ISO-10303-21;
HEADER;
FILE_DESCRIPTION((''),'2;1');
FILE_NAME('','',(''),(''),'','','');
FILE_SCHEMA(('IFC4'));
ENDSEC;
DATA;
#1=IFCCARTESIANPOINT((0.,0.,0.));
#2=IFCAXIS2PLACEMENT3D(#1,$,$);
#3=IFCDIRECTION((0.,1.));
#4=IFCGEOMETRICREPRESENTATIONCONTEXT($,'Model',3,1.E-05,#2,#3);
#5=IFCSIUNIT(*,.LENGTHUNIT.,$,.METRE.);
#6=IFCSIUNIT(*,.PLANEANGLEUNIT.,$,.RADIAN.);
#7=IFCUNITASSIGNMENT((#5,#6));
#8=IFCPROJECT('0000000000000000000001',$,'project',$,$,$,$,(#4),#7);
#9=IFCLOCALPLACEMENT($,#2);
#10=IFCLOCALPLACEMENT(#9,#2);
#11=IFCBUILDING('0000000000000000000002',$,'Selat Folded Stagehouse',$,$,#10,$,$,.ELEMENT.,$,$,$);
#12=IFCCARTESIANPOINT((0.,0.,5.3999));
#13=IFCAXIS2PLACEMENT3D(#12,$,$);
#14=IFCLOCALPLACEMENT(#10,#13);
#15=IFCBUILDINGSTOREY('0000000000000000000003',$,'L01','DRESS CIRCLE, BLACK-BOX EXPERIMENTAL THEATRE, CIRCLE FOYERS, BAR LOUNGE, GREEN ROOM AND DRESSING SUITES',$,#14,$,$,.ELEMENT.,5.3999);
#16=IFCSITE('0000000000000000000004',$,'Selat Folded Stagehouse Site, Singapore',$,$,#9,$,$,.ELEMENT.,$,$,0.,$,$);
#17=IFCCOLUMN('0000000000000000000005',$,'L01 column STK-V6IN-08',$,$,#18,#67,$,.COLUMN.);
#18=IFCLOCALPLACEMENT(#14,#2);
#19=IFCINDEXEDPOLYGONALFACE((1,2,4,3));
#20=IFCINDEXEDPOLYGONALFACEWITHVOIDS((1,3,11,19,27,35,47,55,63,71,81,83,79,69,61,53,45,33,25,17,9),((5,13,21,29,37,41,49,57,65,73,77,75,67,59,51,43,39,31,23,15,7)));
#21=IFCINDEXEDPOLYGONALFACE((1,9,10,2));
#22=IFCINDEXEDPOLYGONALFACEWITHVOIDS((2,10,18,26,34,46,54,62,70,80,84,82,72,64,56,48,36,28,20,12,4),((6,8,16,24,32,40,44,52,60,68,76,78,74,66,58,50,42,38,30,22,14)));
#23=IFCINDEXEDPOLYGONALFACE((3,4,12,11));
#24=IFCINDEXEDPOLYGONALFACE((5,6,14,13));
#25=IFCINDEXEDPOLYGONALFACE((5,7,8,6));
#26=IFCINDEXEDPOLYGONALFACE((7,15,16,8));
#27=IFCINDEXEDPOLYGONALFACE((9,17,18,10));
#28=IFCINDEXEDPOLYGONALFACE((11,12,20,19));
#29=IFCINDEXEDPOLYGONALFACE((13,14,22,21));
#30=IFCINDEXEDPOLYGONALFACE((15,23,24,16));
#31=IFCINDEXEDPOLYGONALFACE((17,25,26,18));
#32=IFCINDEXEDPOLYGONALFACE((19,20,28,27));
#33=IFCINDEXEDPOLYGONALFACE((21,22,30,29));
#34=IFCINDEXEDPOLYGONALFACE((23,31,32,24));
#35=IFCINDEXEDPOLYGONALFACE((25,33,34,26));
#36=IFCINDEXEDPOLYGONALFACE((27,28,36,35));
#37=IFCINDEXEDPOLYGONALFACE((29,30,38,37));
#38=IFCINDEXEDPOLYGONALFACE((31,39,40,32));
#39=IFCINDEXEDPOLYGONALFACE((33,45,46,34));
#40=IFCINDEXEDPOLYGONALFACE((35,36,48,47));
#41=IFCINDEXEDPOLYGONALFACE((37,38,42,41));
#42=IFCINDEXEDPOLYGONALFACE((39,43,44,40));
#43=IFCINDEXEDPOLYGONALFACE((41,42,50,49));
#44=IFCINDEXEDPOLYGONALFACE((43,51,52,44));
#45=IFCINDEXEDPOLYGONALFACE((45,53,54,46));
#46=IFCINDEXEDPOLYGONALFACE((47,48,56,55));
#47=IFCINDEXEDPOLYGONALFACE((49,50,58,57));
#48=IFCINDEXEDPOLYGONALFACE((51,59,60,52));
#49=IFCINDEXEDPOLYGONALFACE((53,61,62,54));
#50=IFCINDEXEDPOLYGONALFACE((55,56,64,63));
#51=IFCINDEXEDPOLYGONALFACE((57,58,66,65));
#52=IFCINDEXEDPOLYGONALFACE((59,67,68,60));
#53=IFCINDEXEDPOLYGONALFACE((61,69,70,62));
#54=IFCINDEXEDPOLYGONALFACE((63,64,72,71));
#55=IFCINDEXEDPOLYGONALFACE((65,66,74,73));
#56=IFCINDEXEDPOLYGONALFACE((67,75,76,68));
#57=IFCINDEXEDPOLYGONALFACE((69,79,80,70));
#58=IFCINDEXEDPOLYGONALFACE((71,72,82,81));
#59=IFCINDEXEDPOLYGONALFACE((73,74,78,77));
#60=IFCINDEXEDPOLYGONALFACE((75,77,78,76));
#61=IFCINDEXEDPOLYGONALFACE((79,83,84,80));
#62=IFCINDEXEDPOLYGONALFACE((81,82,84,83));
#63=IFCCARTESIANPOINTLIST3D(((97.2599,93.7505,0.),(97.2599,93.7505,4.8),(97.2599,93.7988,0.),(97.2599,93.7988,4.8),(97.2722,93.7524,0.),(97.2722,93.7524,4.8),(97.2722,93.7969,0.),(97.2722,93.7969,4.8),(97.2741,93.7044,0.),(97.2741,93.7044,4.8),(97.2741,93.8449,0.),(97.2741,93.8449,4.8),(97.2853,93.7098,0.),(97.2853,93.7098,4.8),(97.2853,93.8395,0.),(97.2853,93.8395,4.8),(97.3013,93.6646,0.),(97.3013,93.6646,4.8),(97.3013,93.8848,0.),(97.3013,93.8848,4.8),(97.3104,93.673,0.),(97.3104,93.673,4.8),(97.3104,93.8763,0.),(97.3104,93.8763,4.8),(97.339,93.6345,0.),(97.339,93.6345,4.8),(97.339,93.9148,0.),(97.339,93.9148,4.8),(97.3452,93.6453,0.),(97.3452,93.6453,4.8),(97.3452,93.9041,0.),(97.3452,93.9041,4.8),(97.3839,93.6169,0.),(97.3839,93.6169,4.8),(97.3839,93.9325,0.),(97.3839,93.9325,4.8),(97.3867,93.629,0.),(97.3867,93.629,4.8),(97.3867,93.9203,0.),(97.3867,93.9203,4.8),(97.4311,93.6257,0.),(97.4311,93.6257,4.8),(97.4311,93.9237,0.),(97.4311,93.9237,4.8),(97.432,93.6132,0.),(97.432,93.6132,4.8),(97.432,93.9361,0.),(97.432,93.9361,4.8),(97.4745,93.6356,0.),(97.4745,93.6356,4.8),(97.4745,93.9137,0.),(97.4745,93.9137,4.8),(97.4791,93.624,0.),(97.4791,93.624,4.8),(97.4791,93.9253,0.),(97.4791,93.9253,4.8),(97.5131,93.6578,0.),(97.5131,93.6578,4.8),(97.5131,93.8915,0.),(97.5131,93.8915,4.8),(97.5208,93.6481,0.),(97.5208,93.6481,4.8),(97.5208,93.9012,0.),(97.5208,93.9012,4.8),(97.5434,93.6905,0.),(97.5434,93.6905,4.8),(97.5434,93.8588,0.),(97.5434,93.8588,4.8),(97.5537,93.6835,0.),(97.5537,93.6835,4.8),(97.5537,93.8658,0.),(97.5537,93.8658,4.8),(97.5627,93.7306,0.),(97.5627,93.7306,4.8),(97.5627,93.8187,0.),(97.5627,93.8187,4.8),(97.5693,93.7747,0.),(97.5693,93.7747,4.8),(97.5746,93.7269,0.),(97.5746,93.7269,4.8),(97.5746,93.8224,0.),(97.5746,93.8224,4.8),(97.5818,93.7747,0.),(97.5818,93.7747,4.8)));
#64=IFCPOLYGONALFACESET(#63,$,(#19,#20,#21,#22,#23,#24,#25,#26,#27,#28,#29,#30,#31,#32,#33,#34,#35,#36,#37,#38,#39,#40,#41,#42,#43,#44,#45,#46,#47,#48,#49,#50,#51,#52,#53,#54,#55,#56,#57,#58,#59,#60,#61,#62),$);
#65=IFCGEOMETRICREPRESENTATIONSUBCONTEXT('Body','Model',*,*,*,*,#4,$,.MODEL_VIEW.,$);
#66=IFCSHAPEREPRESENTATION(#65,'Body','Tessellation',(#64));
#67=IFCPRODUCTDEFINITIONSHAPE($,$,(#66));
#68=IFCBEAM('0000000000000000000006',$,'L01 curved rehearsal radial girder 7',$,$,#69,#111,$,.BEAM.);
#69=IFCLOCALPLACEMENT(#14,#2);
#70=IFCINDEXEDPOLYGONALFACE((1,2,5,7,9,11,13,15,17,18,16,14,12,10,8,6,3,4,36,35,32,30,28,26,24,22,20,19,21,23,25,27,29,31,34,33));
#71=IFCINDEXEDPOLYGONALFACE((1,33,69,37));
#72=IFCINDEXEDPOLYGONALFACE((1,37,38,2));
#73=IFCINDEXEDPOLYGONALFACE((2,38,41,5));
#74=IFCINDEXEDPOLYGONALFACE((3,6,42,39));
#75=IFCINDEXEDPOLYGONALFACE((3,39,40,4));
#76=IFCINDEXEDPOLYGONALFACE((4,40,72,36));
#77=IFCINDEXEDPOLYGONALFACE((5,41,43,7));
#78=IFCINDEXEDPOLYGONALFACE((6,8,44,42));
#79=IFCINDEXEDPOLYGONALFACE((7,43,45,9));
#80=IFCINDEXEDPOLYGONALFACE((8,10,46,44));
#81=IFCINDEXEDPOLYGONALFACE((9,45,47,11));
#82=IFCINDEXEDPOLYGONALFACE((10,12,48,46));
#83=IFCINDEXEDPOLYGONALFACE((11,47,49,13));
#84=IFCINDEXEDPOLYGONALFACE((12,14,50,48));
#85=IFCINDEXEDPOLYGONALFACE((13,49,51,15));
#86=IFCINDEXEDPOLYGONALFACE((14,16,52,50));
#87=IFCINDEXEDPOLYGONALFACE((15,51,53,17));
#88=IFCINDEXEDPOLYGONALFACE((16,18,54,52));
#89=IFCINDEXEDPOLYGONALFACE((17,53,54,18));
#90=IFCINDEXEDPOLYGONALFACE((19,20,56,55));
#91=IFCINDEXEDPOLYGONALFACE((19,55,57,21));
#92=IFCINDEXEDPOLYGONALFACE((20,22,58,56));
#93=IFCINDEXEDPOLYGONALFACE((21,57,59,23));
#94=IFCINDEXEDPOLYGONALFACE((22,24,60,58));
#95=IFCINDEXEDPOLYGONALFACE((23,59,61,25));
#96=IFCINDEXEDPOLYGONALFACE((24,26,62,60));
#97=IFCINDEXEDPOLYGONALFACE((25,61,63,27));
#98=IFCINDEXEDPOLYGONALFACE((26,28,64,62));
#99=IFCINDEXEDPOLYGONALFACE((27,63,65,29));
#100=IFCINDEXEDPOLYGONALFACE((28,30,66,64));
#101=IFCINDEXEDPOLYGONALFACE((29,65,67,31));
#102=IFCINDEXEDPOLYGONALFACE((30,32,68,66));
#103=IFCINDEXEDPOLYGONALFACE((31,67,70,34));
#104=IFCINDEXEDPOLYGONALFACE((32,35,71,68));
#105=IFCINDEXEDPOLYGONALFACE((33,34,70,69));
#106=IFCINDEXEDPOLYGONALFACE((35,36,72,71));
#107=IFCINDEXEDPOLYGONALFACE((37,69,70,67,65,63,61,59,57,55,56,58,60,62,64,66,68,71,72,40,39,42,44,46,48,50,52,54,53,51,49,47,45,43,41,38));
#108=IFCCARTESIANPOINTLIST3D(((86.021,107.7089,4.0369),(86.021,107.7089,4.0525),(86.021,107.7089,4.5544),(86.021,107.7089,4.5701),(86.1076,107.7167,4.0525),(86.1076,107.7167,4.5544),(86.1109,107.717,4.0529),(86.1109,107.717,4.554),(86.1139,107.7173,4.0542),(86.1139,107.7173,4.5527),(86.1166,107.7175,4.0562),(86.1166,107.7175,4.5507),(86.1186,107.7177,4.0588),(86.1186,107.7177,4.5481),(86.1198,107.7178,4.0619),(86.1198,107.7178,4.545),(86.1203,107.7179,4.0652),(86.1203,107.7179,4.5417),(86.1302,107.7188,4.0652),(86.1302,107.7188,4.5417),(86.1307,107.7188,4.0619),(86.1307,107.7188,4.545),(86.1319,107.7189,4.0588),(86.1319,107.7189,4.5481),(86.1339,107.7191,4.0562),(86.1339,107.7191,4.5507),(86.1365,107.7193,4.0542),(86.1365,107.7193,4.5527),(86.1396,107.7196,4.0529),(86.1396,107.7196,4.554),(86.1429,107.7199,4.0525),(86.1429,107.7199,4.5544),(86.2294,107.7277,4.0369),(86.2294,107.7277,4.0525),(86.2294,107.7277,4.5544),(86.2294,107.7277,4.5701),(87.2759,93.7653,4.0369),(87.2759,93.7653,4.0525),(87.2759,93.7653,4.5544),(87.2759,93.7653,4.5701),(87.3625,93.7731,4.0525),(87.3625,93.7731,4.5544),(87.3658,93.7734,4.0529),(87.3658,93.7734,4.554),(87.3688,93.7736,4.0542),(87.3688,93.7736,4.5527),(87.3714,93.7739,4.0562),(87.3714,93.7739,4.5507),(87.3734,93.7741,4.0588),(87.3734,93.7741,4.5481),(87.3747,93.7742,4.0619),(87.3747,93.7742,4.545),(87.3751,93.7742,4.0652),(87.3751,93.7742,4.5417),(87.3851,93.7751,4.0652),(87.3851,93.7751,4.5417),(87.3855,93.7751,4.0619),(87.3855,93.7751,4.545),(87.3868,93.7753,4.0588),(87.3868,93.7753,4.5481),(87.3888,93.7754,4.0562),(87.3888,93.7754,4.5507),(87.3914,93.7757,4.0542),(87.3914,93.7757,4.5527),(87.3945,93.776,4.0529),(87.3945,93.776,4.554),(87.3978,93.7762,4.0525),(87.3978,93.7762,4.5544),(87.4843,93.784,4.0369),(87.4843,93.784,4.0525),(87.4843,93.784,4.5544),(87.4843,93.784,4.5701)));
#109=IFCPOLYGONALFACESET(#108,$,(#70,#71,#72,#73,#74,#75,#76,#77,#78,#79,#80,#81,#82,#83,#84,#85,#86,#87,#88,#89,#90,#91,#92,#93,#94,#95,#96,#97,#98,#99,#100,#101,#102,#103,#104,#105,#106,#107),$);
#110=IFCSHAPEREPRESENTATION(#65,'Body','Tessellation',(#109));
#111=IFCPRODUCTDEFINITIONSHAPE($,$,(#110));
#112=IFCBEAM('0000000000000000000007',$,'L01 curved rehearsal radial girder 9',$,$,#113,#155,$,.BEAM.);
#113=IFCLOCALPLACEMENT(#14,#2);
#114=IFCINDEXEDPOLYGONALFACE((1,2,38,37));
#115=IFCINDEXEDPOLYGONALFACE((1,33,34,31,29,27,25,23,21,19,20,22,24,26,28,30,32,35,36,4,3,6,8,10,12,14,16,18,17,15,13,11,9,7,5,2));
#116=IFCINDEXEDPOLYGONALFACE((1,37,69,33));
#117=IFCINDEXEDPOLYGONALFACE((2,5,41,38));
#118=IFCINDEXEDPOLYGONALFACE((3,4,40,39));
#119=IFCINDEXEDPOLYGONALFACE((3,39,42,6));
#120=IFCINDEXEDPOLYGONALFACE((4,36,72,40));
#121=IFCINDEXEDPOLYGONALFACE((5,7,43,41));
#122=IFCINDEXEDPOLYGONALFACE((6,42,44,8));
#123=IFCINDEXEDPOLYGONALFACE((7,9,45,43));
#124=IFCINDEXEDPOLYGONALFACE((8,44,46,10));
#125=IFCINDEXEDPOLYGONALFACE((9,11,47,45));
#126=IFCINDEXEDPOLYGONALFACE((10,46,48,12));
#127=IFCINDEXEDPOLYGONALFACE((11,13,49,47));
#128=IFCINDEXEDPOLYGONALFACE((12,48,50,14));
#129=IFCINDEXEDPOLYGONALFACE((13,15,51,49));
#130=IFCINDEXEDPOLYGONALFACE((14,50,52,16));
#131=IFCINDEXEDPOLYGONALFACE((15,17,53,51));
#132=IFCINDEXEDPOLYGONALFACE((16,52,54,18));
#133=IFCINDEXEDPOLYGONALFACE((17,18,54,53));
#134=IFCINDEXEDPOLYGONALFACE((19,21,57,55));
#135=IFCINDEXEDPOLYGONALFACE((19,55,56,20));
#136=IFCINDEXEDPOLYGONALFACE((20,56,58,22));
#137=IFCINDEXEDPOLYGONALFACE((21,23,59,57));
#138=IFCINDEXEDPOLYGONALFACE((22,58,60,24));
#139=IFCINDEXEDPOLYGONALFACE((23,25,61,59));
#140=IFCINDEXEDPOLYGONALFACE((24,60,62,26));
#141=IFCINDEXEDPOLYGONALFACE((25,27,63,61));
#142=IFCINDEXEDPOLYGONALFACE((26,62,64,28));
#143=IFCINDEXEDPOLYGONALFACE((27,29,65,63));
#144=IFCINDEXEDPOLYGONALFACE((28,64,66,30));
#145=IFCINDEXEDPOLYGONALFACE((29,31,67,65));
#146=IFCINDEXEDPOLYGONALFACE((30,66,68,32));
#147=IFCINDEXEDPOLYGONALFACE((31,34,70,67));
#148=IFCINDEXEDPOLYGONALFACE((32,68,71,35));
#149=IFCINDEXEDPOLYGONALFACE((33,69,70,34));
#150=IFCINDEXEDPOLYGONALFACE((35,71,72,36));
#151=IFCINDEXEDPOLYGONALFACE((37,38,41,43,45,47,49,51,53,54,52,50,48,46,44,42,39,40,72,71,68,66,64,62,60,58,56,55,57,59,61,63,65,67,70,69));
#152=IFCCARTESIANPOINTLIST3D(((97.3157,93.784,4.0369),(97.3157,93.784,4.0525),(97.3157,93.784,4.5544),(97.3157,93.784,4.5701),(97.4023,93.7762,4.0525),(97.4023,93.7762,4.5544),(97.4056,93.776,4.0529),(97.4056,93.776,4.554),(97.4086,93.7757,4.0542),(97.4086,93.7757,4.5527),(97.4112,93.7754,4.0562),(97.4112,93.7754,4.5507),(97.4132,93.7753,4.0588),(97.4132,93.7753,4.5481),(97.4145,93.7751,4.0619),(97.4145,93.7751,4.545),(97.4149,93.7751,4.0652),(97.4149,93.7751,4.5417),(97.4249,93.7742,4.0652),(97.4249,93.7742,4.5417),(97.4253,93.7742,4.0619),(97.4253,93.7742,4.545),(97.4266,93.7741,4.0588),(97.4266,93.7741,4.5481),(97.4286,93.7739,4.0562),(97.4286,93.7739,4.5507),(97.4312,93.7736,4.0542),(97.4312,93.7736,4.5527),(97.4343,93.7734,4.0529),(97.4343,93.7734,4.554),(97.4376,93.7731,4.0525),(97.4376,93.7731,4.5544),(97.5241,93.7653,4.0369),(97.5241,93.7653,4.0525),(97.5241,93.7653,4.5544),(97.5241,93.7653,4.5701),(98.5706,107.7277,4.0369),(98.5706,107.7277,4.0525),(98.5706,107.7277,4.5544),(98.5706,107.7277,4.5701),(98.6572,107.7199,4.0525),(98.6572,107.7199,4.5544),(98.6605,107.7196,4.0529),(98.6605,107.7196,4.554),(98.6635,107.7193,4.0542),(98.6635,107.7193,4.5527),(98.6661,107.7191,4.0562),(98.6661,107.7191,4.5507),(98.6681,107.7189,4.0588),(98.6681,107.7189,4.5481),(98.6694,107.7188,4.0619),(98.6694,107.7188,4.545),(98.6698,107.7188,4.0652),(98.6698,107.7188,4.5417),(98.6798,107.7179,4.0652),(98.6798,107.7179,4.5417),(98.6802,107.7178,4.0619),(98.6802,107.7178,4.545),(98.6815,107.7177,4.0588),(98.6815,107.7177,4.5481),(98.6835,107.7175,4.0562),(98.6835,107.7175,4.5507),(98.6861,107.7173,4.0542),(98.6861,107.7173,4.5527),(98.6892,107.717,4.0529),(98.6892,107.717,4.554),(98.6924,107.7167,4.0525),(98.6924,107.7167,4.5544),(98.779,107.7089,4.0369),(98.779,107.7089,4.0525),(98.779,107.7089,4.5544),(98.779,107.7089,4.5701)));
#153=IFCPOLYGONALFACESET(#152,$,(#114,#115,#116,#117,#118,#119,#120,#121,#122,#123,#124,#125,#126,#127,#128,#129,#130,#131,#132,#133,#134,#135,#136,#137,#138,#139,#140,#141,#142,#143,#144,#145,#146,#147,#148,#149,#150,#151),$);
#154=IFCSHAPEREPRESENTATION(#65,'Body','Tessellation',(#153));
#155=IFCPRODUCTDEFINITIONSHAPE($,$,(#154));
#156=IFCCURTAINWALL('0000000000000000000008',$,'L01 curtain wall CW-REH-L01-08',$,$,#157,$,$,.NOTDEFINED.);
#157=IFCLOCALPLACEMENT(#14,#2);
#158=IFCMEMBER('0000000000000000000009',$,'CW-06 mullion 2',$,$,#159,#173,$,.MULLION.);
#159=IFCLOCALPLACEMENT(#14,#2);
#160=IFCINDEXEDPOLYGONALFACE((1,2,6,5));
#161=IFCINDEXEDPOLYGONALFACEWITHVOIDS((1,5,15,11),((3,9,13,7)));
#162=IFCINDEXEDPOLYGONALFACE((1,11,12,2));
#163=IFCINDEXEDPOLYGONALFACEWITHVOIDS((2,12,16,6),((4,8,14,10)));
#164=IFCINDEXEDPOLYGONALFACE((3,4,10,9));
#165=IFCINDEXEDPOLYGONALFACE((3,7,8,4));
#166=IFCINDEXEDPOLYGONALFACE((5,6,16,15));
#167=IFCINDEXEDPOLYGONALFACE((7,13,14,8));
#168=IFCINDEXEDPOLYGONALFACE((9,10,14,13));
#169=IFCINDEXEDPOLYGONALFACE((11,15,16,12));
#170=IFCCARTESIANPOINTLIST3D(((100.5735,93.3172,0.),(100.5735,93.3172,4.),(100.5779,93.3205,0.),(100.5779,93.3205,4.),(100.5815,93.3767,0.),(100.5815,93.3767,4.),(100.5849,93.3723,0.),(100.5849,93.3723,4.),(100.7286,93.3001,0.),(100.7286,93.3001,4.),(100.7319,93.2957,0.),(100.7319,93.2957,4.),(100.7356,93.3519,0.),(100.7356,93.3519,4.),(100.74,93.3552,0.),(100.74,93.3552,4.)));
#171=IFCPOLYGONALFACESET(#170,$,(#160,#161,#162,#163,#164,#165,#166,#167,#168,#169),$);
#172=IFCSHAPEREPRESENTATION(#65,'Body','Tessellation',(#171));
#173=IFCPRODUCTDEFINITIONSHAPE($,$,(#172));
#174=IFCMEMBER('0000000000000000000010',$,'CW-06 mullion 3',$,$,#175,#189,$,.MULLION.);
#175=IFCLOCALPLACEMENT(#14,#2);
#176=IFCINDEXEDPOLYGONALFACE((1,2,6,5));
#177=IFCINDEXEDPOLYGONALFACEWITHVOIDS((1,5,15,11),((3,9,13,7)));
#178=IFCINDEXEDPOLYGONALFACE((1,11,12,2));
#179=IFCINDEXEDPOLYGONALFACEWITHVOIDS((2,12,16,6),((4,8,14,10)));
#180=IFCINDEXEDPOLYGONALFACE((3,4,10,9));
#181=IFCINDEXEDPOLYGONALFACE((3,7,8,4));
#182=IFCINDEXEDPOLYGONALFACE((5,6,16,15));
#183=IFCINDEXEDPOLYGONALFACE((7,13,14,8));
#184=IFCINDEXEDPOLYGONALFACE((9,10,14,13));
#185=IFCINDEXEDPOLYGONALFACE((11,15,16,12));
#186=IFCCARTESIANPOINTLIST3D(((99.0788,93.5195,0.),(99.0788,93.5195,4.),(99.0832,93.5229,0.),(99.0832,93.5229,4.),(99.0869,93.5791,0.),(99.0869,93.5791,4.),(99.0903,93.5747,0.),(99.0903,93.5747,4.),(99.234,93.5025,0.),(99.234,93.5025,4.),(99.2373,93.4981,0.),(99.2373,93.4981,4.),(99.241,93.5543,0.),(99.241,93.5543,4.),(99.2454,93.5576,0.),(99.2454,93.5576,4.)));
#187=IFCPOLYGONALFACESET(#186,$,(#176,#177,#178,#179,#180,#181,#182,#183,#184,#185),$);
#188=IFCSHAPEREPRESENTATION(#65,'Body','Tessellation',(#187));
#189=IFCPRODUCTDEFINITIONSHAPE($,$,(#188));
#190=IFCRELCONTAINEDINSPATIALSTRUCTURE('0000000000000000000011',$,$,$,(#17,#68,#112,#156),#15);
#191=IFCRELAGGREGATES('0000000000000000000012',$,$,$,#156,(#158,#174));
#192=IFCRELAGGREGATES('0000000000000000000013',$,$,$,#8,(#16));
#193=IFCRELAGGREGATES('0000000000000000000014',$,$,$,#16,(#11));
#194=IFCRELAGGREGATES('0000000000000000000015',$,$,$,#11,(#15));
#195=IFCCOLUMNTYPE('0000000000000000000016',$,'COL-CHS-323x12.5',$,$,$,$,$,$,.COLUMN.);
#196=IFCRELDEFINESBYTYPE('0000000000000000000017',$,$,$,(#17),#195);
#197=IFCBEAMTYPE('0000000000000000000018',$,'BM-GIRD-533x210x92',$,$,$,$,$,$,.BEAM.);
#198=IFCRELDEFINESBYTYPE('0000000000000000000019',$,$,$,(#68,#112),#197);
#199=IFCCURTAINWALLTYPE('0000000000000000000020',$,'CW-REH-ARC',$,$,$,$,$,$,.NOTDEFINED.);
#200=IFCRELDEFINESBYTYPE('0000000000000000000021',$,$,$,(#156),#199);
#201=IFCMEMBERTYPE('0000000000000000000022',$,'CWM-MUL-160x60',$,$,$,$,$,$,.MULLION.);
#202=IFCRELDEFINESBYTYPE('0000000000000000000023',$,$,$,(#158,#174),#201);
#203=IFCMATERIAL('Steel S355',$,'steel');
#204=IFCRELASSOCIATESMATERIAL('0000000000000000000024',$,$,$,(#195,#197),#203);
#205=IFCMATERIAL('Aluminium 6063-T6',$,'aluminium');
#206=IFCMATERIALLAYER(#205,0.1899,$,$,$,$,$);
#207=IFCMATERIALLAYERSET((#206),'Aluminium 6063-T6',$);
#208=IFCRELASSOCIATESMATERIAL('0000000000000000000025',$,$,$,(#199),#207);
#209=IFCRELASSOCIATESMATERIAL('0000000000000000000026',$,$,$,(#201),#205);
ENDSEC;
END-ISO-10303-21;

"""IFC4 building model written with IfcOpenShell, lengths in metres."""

from ifc_helpers import new_model, si_unit, direction, frame, origin, origin_2d, place, context, subcontext, project, spatial, hollow_rectangle, hollow_circle, i_section, extrude, material, layer, layer_set, material_profile, profile_set, type_object, element, aggregate, save


model = new_model("IFC4")

# Units and contexts
model_context = context("Model", 3, precision=1e-05, world=origin(), true_north=direction((0.0, 1.0)))
body_context = subcontext(model_context, "Body", "Model", "MODEL_VIEW")
ifc_project = project(units=[si_unit("LENGTHUNIT", "METRE"), si_unit("PLANEANGLEUNIT", "RADIAN")], contexts=[model_context])

# Site, building, storey
site_placement = place(None, origin())
site = spatial("IfcSite", under=ifc_project, at=site_placement, Name="Selat Folded Stagehouse Site, Singapore", CompositionType="ELEMENT", RefElevation=0.0)
building_placement = place(site_placement, origin())
building = spatial("IfcBuilding", under=site, at=building_placement, Name="Selat Folded Stagehouse", CompositionType="ELEMENT")
storey_placement = place(building_placement, frame((0.0, 0.0, 5.3999)))
storey = spatial("IfcBuildingStorey", under=building, at=storey_placement, Name="L01", Description="DRESS CIRCLE, BLACK-BOX EXPERIMENTAL THEATRE, CIRCLE FOYERS, BAR LOUNGE, GREEN ROOM AND DRESSING SUITES", CompositionType="ELEMENT", Elevation=5.3999)

# Column
ifc_material_1 = material(Name="Steel S355", Category="steel")
ifc_material_profile_1 = material_profile(ifc_material_1, hollow_circle(Radius=0.1619, WallThickness=0.0125, at=origin_2d()), Name="CHS 323.9x12.5")
ifc_profile_set_1 = profile_set([ifc_material_profile_1], Name="Steel S355")
column_type = type_object("IfcColumnType", Name="COL-CHS-323x12.5", PredefinedType="COLUMN", material=ifc_profile_set_1)
column_placement = place(storey_placement, frame((97.4199, 93.7747, 0.0), z_axis=(0.0, 0.0, 1.0), x_axis=(1.0, 0.0, 0.0)))
element("IfcColumn", 1, at=column_placement, inside=storey, type_object=column_type, Name="L01 column STK-V6IN-08", PredefinedType="COLUMN", context=body_context, shape_type="SweptSolid", body=[
    extrude(hollow_circle(Radius=0.1619, WallThickness=0.0125, at=origin_2d()), origin(), (0.0, 0.0, 1.0), 4.8),
])

# Beams
ifc_material_profile_2 = material_profile(ifc_material_1, i_section(OverallWidth=0.2092, OverallDepth=0.5332, WebThickness=0.01, FlangeThickness=0.0156, FilletRadius=0.0127, at=origin_2d()), Name="UKB 533x210x92")
ifc_profile_set_2 = profile_set([ifc_material_profile_2], Name="Steel S355")
beam_type_1 = type_object("IfcBeamType", Name="BM-GIRD-533x210x92", PredefinedType="BEAM", material=ifc_profile_set_2)
for number, where, z_axis, x_axis, name in (
    (2, (87.3801, 93.7747, 4.3035), (-0.089635, 0.995975, 0.0), (-0.995975, -0.089635, 0.0), "L01 curved rehearsal radial girder 7"),
    (3, (97.4199, 93.7747, 4.3035), (0.089635, 0.995975, 0.0), (-0.995975, 0.089635, 0.0), "L01 curved rehearsal radial girder 9"),
):
    element("IfcBeam", number, at=place(storey_placement, frame(where, z_axis=z_axis, x_axis=x_axis)), inside=storey, type_object=beam_type_1, Name=name, PredefinedType="BEAM", context=body_context, shape_type="SweptSolid", body=[
        extrude(i_section(OverallWidth=0.2092, OverallDepth=0.5332, WebThickness=0.01, FlangeThickness=0.0156, FilletRadius=0.0127, at=origin_2d()), origin(), (0.0, 0.0, 1.0), 14.0),
    ])

# Curtain wall, members
ifc_material_2 = material(Name="Aluminium 6063-T6", Category="aluminium")
ifc_layer_1 = layer(ifc_material_2, 0.1899)
ifc_layer_set_1 = layer_set([ifc_layer_1], Name="Aluminium 6063-T6")
curtain_wall_type = type_object("IfcCurtainWallType", Name="CW-REH-ARC", PredefinedType="NOTDEFINED", material=ifc_layer_set_1)
curtain_wall_placement = place(storey_placement, origin())
curtain_wall = element("IfcCurtainWall", 4, at=curtain_wall_placement, inside=storey, type_object=curtain_wall_type, Name="L01 curtain wall CW-REH-L01-08", PredefinedType="NOTDEFINED")
ifc_material_profile_3 = material_profile(ifc_material_2, hollow_rectangle(XDim=0.0601, YDim=0.1599, WallThickness=0.0039, at=origin_2d()), Name="ALU 160x60x4.0")
ifc_profile_set_3 = profile_set([ifc_material_profile_3], Name="Aluminium 6063-T6")
member_type_1 = type_object("IfcMemberType", Name="CWM-MUL-160x60", PredefinedType="MULLION", material=ifc_profile_set_3)
member_1_placement = place(storey_placement, frame((100.6567, 93.3362, 0.0), z_axis=(0.0, 0.0, 1.0), x_axis=(-0.134212, -0.990953, 0.0)))
member_1 = element("IfcMember", 5, at=member_1_placement, type_object=member_type_1, Name="CW-06 mullion 2", PredefinedType="MULLION", context=body_context, shape_type="SweptSolid", body=[
    extrude(hollow_rectangle(XDim=0.0601, YDim=0.1599, WallThickness=0.0039, at=origin_2d()), origin(), (0.0, 0.0, 1.0), 4.0),
])
member_2_placement = place(storey_placement, frame((99.1621, 93.5386, 0.0), z_axis=(0.0, 0.0, 1.0), x_axis=(-0.134212, -0.990953, 0.0)))
member_2 = element("IfcMember", 6, at=member_2_placement, type_object=member_type_1, Name="CW-06 mullion 3", PredefinedType="MULLION", context=body_context, shape_type="SweptSolid", body=[
    extrude(hollow_rectangle(XDim=0.0601, YDim=0.1599, WallThickness=0.0039, at=origin_2d()), origin(), (0.0, 0.0, 1.0), 4.0),
])

aggregate(curtain_wall, [member_1, member_2])

save(model, "model.ifc")
